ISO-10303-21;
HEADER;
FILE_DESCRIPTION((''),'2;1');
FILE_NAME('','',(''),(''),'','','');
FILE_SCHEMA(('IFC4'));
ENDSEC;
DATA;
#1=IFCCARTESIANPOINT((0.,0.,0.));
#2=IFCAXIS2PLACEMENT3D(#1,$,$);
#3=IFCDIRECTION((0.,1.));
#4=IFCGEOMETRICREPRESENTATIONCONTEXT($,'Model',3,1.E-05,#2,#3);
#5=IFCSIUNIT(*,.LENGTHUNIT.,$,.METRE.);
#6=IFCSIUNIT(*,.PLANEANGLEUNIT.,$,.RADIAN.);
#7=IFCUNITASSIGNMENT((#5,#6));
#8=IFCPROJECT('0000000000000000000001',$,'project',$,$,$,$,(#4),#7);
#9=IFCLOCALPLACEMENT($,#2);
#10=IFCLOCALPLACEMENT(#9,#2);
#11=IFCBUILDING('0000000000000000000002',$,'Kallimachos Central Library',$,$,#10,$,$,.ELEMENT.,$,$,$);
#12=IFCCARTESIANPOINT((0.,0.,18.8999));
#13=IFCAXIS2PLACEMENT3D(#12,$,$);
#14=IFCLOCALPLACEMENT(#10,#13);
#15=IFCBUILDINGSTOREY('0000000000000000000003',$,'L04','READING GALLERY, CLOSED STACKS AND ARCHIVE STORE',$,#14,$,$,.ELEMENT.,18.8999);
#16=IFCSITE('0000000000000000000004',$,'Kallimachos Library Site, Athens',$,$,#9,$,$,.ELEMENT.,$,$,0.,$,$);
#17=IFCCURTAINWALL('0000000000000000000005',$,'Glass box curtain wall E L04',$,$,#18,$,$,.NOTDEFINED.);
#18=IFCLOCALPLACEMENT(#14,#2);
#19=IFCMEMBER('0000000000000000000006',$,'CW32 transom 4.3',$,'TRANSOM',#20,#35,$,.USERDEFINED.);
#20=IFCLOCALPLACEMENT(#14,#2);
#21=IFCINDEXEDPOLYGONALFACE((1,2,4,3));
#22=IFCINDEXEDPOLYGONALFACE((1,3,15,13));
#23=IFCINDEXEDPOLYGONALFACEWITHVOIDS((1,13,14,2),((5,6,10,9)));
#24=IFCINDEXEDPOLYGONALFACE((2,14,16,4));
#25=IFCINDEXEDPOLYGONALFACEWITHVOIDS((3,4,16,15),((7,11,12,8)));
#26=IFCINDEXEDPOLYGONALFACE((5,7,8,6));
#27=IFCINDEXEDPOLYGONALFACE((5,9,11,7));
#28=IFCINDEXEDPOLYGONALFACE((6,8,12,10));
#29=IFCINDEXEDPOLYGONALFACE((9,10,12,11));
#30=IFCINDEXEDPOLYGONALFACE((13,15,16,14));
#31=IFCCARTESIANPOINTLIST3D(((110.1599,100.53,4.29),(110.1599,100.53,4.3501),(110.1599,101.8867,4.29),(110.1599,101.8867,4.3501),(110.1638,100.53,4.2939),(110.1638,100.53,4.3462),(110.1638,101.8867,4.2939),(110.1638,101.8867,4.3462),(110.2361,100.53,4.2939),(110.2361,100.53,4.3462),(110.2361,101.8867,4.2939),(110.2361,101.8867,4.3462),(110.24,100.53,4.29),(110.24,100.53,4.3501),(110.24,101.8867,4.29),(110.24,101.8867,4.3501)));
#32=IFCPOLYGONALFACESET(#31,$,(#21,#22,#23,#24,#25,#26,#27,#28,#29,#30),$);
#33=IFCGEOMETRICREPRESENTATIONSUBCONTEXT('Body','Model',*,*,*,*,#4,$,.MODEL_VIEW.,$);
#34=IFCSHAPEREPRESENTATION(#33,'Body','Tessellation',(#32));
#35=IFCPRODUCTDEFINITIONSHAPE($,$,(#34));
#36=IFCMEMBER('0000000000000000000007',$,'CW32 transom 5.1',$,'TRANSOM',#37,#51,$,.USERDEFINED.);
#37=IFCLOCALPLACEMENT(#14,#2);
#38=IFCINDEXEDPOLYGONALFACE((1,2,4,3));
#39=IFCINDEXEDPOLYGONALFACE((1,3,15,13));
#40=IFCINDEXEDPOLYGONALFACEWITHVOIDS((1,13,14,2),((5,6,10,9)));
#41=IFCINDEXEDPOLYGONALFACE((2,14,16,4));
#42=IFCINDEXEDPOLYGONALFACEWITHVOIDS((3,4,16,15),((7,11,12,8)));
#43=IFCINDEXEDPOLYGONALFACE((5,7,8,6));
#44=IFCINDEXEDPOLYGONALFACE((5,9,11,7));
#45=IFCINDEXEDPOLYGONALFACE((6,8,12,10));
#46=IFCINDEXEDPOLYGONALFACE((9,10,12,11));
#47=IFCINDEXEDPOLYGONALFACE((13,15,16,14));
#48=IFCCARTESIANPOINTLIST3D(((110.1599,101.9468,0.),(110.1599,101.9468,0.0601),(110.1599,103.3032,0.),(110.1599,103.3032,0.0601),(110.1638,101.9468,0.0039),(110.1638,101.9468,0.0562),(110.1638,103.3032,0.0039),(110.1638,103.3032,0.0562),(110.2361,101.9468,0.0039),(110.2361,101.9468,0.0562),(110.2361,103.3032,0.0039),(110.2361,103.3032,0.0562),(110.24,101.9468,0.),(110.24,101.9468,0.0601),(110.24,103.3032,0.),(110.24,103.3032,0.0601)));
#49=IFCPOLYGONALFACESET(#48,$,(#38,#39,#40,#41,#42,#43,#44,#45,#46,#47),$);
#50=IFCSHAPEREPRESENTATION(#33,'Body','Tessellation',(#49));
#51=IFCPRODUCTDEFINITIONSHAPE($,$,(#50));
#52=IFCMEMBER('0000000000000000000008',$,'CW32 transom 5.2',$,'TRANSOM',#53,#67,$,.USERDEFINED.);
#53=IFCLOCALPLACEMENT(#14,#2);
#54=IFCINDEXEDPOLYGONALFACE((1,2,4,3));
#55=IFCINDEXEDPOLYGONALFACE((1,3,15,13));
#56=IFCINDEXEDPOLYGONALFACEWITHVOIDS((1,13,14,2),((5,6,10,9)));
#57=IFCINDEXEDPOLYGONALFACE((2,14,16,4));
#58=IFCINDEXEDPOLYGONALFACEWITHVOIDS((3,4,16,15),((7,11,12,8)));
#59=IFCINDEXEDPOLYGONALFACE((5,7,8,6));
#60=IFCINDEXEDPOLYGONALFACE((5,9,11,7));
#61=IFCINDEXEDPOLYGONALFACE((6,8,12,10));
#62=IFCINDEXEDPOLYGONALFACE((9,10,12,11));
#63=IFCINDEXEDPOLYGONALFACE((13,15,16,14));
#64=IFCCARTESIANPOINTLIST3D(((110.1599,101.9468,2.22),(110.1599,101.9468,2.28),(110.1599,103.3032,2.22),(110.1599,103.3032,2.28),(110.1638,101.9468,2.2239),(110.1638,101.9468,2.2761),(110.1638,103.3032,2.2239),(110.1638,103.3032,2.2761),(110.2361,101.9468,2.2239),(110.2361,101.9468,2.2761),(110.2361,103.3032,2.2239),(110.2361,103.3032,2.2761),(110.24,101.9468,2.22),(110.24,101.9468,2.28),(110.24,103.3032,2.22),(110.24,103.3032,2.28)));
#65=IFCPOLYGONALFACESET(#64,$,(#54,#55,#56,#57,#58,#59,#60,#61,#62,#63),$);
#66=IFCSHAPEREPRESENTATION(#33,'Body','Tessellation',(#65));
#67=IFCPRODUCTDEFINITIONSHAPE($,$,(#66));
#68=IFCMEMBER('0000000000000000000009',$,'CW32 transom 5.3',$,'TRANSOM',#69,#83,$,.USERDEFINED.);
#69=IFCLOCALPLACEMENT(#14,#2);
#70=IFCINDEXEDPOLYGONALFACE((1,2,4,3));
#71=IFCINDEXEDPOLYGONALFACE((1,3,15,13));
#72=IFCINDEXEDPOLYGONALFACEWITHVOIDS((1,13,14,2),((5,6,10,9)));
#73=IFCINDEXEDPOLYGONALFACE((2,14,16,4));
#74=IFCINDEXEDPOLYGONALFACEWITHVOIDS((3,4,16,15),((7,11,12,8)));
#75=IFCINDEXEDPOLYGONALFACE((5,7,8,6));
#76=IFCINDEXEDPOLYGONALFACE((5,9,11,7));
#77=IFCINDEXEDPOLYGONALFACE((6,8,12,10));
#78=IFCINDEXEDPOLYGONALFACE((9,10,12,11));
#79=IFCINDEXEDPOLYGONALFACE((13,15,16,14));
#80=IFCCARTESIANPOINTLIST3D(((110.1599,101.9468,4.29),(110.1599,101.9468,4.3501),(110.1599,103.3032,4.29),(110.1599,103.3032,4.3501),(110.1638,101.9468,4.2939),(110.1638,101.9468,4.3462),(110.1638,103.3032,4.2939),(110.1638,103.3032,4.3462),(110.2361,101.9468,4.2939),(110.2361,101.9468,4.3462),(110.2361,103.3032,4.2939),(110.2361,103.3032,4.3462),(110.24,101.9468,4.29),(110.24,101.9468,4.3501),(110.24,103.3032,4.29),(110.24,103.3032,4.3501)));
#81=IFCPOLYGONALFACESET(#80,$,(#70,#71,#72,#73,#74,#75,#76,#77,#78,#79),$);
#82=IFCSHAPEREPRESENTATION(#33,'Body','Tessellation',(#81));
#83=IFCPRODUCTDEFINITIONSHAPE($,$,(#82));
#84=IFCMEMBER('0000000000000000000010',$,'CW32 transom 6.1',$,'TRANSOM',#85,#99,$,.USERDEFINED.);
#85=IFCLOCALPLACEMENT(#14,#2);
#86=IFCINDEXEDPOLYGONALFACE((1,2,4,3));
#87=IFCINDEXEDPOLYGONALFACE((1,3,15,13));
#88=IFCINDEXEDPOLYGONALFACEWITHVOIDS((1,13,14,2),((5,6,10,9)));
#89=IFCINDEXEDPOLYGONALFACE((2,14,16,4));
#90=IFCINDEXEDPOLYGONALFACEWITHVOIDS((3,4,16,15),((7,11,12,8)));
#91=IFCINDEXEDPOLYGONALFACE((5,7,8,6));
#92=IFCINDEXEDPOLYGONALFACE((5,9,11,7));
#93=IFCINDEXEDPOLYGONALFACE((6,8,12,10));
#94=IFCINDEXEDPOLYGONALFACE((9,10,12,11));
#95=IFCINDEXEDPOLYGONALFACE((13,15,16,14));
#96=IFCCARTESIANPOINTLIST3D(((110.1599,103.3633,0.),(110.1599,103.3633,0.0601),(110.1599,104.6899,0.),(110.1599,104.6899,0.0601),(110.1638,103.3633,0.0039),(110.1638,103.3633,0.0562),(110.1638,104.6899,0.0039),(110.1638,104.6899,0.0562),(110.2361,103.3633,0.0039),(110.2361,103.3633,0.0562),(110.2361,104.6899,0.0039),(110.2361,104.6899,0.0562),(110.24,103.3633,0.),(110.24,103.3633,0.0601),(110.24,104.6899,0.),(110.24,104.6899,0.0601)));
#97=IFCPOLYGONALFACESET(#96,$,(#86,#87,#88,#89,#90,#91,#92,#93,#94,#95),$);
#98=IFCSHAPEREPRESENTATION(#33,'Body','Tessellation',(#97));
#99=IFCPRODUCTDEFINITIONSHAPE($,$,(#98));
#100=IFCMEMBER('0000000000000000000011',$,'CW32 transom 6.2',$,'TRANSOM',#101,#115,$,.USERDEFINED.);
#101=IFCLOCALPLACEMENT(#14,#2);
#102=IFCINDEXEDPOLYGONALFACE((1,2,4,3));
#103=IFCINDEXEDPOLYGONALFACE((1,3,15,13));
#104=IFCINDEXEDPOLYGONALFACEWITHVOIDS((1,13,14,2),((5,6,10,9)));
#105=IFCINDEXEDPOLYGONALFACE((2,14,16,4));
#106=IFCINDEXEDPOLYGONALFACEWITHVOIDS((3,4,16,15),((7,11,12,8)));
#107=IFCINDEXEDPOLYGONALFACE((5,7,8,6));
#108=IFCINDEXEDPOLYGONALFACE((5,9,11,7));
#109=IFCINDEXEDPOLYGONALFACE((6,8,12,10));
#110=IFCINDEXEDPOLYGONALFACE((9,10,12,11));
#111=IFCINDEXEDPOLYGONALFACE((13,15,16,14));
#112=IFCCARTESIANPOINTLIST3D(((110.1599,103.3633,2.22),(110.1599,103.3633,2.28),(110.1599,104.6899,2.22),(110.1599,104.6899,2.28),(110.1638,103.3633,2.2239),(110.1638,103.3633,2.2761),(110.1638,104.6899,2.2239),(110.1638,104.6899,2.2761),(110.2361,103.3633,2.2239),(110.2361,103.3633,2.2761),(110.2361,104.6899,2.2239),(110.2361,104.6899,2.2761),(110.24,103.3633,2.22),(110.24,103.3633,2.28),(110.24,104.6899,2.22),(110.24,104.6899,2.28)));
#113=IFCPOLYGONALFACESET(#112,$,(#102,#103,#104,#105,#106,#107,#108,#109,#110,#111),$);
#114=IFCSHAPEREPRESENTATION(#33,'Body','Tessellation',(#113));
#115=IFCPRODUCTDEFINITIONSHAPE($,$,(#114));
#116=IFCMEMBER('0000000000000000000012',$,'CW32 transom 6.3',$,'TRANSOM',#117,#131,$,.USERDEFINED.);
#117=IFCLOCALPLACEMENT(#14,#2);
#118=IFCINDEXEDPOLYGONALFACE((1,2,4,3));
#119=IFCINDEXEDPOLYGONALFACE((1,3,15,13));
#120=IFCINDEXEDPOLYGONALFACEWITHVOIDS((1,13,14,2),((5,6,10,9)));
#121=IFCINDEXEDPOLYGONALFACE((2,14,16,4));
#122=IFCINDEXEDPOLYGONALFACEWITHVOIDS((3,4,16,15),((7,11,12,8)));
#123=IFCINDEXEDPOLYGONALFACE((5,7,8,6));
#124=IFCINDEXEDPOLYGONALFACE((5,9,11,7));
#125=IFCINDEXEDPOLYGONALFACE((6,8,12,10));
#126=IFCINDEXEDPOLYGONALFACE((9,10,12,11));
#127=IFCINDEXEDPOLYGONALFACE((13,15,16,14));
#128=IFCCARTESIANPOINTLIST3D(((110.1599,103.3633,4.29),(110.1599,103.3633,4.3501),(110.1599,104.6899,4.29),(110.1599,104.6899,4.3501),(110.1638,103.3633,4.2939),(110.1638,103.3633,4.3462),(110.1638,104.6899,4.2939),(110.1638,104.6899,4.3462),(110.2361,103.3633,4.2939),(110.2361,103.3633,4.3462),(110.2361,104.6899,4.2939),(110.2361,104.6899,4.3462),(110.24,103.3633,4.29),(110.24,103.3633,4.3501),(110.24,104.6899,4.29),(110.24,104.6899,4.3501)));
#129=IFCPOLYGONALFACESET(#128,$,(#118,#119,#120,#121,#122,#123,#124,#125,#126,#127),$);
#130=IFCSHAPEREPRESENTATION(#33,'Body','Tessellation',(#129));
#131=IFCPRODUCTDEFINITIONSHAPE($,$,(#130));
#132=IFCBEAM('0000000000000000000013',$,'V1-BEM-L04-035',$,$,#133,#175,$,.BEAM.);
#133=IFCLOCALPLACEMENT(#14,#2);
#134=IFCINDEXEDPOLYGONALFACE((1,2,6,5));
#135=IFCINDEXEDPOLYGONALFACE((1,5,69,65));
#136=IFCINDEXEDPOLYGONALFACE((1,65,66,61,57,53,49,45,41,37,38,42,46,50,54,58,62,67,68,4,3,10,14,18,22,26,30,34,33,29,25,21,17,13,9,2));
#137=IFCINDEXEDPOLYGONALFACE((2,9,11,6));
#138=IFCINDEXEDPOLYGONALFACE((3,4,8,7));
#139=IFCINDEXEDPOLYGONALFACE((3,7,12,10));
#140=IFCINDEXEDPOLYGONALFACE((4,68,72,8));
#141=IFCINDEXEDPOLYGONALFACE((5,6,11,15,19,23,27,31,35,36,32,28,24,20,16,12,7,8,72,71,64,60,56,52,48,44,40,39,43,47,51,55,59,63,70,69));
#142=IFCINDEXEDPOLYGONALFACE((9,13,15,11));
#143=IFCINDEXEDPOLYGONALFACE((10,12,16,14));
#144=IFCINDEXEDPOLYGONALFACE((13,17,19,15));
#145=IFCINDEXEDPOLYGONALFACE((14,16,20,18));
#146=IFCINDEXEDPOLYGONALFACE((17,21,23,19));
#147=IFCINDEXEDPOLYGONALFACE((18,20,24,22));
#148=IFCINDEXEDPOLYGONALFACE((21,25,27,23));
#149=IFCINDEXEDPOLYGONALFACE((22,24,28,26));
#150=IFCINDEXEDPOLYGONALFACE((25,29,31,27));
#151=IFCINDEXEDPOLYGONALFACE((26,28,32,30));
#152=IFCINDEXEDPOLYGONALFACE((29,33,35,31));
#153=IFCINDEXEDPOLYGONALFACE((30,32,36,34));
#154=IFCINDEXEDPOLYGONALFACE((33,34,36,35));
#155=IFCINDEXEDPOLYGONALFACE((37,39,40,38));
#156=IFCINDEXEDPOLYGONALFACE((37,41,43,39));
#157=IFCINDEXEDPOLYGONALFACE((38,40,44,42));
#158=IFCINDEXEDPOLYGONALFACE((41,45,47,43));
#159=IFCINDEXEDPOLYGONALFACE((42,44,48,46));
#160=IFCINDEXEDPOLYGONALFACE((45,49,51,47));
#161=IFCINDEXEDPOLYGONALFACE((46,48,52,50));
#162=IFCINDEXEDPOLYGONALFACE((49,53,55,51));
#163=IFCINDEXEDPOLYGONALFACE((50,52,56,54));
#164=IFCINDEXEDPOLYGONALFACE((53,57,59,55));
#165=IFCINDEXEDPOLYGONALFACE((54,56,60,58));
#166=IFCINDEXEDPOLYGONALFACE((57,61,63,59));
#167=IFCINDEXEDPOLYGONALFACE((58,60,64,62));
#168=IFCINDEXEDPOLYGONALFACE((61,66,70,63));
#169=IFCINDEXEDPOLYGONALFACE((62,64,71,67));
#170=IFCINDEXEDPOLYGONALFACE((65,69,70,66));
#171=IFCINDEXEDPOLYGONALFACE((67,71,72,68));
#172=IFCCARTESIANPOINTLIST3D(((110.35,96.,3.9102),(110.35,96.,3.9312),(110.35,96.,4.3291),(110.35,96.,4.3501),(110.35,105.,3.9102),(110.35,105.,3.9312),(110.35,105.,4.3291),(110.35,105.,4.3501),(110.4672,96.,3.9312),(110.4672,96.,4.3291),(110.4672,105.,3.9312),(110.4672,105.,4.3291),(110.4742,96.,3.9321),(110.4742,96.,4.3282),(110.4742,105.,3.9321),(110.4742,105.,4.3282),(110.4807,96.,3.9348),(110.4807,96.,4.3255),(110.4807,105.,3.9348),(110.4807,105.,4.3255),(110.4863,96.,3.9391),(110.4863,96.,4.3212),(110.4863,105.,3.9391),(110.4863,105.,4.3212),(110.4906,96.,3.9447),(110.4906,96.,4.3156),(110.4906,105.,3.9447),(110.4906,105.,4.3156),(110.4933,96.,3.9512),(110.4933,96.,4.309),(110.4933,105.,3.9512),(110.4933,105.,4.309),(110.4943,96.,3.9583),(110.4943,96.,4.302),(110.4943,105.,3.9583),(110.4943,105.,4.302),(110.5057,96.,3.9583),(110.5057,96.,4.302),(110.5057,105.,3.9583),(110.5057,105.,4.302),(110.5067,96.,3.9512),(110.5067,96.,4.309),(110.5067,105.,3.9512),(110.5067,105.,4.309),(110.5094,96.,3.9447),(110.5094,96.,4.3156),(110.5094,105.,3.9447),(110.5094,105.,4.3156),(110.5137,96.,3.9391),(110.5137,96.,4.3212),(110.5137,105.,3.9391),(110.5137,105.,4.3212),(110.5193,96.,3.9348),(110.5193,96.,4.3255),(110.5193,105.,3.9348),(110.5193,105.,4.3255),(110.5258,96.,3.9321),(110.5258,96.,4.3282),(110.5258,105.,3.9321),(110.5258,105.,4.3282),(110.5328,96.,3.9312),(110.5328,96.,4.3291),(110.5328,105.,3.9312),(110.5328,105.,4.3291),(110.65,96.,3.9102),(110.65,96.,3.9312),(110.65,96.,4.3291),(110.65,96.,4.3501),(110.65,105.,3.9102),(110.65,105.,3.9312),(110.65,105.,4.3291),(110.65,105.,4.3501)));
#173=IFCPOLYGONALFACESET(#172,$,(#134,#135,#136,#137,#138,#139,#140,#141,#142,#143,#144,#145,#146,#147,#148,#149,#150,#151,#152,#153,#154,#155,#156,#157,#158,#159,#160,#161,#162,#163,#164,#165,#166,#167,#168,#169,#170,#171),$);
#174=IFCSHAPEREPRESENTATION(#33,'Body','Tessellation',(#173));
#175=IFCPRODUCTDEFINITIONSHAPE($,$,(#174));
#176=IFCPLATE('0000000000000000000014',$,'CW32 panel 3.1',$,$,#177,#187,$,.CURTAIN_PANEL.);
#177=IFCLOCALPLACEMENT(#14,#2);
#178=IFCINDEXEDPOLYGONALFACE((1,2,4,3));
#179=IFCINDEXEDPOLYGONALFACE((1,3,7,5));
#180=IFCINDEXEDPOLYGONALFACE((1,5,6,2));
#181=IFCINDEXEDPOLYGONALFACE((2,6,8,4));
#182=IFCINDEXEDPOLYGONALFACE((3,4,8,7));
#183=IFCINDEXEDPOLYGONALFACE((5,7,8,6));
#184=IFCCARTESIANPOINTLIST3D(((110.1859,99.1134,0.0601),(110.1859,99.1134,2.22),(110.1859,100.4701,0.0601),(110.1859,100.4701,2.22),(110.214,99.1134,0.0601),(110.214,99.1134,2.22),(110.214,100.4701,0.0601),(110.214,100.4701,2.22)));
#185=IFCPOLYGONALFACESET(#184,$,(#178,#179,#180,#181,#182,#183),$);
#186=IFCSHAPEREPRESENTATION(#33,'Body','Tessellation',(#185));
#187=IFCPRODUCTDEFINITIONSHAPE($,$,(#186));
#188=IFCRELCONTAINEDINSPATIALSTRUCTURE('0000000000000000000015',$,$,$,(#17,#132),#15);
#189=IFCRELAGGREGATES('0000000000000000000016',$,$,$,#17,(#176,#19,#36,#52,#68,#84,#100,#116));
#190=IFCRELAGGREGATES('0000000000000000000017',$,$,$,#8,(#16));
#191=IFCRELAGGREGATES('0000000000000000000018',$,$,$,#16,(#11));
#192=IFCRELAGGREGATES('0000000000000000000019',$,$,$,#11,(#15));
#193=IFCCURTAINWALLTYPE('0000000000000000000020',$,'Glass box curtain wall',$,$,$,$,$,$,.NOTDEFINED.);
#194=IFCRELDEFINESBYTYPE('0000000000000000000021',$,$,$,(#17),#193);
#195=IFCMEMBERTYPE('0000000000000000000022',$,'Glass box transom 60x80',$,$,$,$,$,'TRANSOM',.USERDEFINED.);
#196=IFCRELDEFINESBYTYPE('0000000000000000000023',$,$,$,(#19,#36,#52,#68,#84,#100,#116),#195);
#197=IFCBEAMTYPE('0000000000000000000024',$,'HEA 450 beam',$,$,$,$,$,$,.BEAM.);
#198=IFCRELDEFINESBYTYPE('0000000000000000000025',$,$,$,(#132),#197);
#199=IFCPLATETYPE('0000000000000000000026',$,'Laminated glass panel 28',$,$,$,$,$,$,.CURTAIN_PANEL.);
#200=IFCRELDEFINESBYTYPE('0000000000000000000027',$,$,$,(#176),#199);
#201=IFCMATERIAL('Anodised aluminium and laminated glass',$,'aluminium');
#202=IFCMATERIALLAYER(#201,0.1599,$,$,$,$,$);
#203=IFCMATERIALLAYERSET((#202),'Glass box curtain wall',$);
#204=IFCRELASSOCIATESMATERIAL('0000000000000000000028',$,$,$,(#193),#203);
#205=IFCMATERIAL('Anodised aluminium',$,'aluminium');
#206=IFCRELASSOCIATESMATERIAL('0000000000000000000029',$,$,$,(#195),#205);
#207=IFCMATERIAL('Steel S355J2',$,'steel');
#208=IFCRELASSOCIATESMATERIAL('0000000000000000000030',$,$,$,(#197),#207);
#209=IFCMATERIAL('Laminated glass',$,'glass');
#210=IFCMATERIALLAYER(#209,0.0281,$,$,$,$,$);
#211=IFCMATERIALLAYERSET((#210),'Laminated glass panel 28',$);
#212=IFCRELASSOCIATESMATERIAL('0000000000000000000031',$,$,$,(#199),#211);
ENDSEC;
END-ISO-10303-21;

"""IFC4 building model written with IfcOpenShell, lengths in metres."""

from ifc_helpers import new_model, si_unit, direction, frame, origin, origin_2d, place, context, subcontext, project, spatial, rectangle, hollow_rectangle, i_section, extrude, material, layer, layer_set, material_profile, profile_set, type_object, element, aggregate, save


model = new_model("IFC4")

# Units and contexts
model_context = context("Model", 3, precision=1e-05, world=origin(), true_north=direction((0.0, 1.0)))
body_context = subcontext(model_context, "Body", "Model", "MODEL_VIEW")
ifc_project = project(units=[si_unit("LENGTHUNIT", "METRE"), si_unit("PLANEANGLEUNIT", "RADIAN")], contexts=[model_context])

# Site, building, storey
site_placement = place(None, origin())
site = spatial("IfcSite", under=ifc_project, at=site_placement, Name="Kallimachos Library Site, Athens", CompositionType="ELEMENT", RefElevation=0.0)
building_placement = place(site_placement, origin())
building = spatial("IfcBuilding", under=site, at=building_placement, Name="Kallimachos Central Library", CompositionType="ELEMENT")
storey_placement = place(building_placement, frame((0.0, 0.0, 18.8999)))
storey = spatial("IfcBuildingStorey", under=building, at=storey_placement, Name="L04", Description="READING GALLERY, CLOSED STACKS AND ARCHIVE STORE", CompositionType="ELEMENT", Elevation=18.8999)

# Curtain wall, members
ifc_material_1 = material(Name="Anodised aluminium and laminated glass", Category="aluminium")
ifc_layer_1 = layer(ifc_material_1, 0.1599)
ifc_layer_set_1 = layer_set([ifc_layer_1], Name="Glass box curtain wall")
curtain_wall_type = type_object("IfcCurtainWallType", Name="Glass box curtain wall", PredefinedType="NOTDEFINED", material=ifc_layer_set_1)
curtain_wall_placement = place(storey_placement, origin())
curtain_wall = element("IfcCurtainWall", 1, at=curtain_wall_placement, inside=storey, type_object=curtain_wall_type, Name="Glass box curtain wall E L04", PredefinedType="NOTDEFINED")
ifc_material_2 = material(Name="Anodised aluminium", Category="aluminium")
ifc_material_profile_1 = material_profile(ifc_material_2, hollow_rectangle(XDim=0.0601, YDim=0.0801, WallThickness=0.0039, at=origin_2d()), Name="ALU TRANSOM 60x80")
ifc_profile_set_1 = profile_set([ifc_material_profile_1], Name="Anodised aluminium")
member_type_1 = type_object("IfcMemberType", Name="Glass box transom 60x80", ElementType="TRANSOM", PredefinedType="USERDEFINED", material=ifc_profile_set_1)
member_1_placement = place(storey_placement, frame((110.2, 100.53, 4.3201), z_axis=(0.0, 1.0, 0.0), x_axis=(0.0, 0.0, 1.0)))
member_1 = element("IfcMember", 2, at=member_1_placement, type_object=member_type_1, Name="CW32 transom 4.3", ObjectType="TRANSOM", PredefinedType="USERDEFINED", context=body_context, shape_type="SweptSolid", body=[
    extrude(hollow_rectangle(XDim=0.0601, YDim=0.0801, WallThickness=0.0039, at=origin_2d()), origin(), (0.0, 0.0, 1.0), 1.3567),
])
member_2_placement = place(storey_placement, frame((110.2, 101.9468, 0.03), z_axis=(0.0, 1.0, 0.0), x_axis=(0.0, 0.0, 1.0)))
member_2 = element("IfcMember", 3, at=member_2_placement, type_object=member_type_1, Name="CW32 transom 5.1", ObjectType="TRANSOM", PredefinedType="USERDEFINED", context=body_context, shape_type="SweptSolid", body=[
    extrude(hollow_rectangle(XDim=0.0601, YDim=0.0801, WallThickness=0.0039, at=origin_2d()), origin(), (0.0, 0.0, 1.0), 1.3564),
])
member_3_placement = place(storey_placement, frame((110.2, 101.9468, 2.25), z_axis=(0.0, 1.0, 0.0), x_axis=(0.0, 0.0, 1.0)))
member_3 = element("IfcMember", 4, at=member_3_placement, type_object=member_type_1, Name="CW32 transom 5.2", ObjectType="TRANSOM", PredefinedType="USERDEFINED", context=body_context, shape_type="SweptSolid", body=[
    extrude(hollow_rectangle(XDim=0.0601, YDim=0.0801, WallThickness=0.0039, at=origin_2d()), origin(), (0.0, 0.0, 1.0), 1.3564),
])
member_4_placement = place(storey_placement, frame((110.2, 101.9468, 4.3201), z_axis=(0.0, 1.0, 0.0), x_axis=(0.0, 0.0, 1.0)))
member_4 = element("IfcMember", 5, at=member_4_placement, type_object=member_type_1, Name="CW32 transom 5.3", ObjectType="TRANSOM", PredefinedType="USERDEFINED", context=body_context, shape_type="SweptSolid", body=[
    extrude(hollow_rectangle(XDim=0.0601, YDim=0.0801, WallThickness=0.0039, at=origin_2d()), origin(), (0.0, 0.0, 1.0), 1.3564),
])
member_5_placement = place(storey_placement, frame((110.2, 103.3633, 0.03), z_axis=(0.0, 1.0, 0.0), x_axis=(0.0, 0.0, 1.0)))
member_5 = element("IfcMember", 6, at=member_5_placement, type_object=member_type_1, Name="CW32 transom 6.1", ObjectType="TRANSOM", PredefinedType="USERDEFINED", context=body_context, shape_type="SweptSolid", body=[
    extrude(hollow_rectangle(XDim=0.0601, YDim=0.0801, WallThickness=0.0039, at=origin_2d()), origin(), (0.0, 0.0, 1.0), 1.3267),
])
member_6_placement = place(storey_placement, frame((110.2, 103.3633, 2.25), z_axis=(0.0, 1.0, 0.0), x_axis=(0.0, 0.0, 1.0)))
member_6 = element("IfcMember", 7, at=member_6_placement, type_object=member_type_1, Name="CW32 transom 6.2", ObjectType="TRANSOM", PredefinedType="USERDEFINED", context=body_context, shape_type="SweptSolid", body=[
    extrude(hollow_rectangle(XDim=0.0601, YDim=0.0801, WallThickness=0.0039, at=origin_2d()), origin(), (0.0, 0.0, 1.0), 1.3267),
])
member_7_placement = place(storey_placement, frame((110.2, 103.3633, 4.3201), z_axis=(0.0, 1.0, 0.0), x_axis=(0.0, 0.0, 1.0)))
member_7 = element("IfcMember", 8, at=member_7_placement, type_object=member_type_1, Name="CW32 transom 6.3", ObjectType="TRANSOM", PredefinedType="USERDEFINED", context=body_context, shape_type="SweptSolid", body=[
    extrude(hollow_rectangle(XDim=0.0601, YDim=0.0801, WallThickness=0.0039, at=origin_2d()), origin(), (0.0, 0.0, 1.0), 1.3267),
])

# Beam
ifc_material_3 = material(Name="Steel S355J2", Category="steel")
ifc_material_profile_2 = material_profile(ifc_material_3, i_section(OverallWidth=0.3, OverallDepth=0.4399, WebThickness=0.0115, FlangeThickness=0.021, FilletRadius=0.0271, at=origin_2d()), Name="HEA 450")
ifc_profile_set_2 = profile_set([ifc_material_profile_2], Name="Steel S355J2")
beam_type = type_object("IfcBeamType", Name="HEA 450 beam", PredefinedType="BEAM", material=ifc_profile_set_2)
beam_placement = place(storey_placement, frame((110.5, 96.0, 4.1301), z_axis=(0.0, 1.0, 0.0), x_axis=(-1.0, 0.0, 0.0)))
element("IfcBeam", 9, at=beam_placement, inside=storey, type_object=beam_type, Name="V1-BEM-L04-035", PredefinedType="BEAM", context=body_context, shape_type="SweptSolid", body=[
    extrude(i_section(OverallWidth=0.3, OverallDepth=0.4399, WebThickness=0.0115, FlangeThickness=0.021, FilletRadius=0.0271, at=origin_2d()), origin(), (0.0, 0.0, 1.0), 9.0),
])

# Plate
ifc_material_4 = material(Name="Laminated glass", Category="glass")
ifc_layer_2 = layer(ifc_material_4, 0.0281)
ifc_layer_set_2 = layer_set([ifc_layer_2], Name="Laminated glass panel 28")
plate_type = type_object("IfcPlateType", Name="Laminated glass panel 28", PredefinedType="CURTAIN_PANEL", material=ifc_layer_set_2)
plate_1_placement = place(storey_placement, frame((110.2, 99.7917, 0.0601), z_axis=(0.0, 0.0, 1.0), x_axis=(0.0, 1.0, 0.0)))
plate_1 = element("IfcPlate", 10, at=plate_1_placement, type_object=plate_type, Name="CW32 panel 3.1", PredefinedType="CURTAIN_PANEL", context=body_context, shape_type="SweptSolid", body=[
    extrude(rectangle(XDim=1.3567, YDim=0.0281, at=origin_2d()), origin(), (0.0, 0.0, 1.0), 2.1599),
])
aggregate(curtain_wall, [plate_1, member_1, member_2, member_3, member_4, member_5, member_6, member_7])

save(model, "model.ifc")
